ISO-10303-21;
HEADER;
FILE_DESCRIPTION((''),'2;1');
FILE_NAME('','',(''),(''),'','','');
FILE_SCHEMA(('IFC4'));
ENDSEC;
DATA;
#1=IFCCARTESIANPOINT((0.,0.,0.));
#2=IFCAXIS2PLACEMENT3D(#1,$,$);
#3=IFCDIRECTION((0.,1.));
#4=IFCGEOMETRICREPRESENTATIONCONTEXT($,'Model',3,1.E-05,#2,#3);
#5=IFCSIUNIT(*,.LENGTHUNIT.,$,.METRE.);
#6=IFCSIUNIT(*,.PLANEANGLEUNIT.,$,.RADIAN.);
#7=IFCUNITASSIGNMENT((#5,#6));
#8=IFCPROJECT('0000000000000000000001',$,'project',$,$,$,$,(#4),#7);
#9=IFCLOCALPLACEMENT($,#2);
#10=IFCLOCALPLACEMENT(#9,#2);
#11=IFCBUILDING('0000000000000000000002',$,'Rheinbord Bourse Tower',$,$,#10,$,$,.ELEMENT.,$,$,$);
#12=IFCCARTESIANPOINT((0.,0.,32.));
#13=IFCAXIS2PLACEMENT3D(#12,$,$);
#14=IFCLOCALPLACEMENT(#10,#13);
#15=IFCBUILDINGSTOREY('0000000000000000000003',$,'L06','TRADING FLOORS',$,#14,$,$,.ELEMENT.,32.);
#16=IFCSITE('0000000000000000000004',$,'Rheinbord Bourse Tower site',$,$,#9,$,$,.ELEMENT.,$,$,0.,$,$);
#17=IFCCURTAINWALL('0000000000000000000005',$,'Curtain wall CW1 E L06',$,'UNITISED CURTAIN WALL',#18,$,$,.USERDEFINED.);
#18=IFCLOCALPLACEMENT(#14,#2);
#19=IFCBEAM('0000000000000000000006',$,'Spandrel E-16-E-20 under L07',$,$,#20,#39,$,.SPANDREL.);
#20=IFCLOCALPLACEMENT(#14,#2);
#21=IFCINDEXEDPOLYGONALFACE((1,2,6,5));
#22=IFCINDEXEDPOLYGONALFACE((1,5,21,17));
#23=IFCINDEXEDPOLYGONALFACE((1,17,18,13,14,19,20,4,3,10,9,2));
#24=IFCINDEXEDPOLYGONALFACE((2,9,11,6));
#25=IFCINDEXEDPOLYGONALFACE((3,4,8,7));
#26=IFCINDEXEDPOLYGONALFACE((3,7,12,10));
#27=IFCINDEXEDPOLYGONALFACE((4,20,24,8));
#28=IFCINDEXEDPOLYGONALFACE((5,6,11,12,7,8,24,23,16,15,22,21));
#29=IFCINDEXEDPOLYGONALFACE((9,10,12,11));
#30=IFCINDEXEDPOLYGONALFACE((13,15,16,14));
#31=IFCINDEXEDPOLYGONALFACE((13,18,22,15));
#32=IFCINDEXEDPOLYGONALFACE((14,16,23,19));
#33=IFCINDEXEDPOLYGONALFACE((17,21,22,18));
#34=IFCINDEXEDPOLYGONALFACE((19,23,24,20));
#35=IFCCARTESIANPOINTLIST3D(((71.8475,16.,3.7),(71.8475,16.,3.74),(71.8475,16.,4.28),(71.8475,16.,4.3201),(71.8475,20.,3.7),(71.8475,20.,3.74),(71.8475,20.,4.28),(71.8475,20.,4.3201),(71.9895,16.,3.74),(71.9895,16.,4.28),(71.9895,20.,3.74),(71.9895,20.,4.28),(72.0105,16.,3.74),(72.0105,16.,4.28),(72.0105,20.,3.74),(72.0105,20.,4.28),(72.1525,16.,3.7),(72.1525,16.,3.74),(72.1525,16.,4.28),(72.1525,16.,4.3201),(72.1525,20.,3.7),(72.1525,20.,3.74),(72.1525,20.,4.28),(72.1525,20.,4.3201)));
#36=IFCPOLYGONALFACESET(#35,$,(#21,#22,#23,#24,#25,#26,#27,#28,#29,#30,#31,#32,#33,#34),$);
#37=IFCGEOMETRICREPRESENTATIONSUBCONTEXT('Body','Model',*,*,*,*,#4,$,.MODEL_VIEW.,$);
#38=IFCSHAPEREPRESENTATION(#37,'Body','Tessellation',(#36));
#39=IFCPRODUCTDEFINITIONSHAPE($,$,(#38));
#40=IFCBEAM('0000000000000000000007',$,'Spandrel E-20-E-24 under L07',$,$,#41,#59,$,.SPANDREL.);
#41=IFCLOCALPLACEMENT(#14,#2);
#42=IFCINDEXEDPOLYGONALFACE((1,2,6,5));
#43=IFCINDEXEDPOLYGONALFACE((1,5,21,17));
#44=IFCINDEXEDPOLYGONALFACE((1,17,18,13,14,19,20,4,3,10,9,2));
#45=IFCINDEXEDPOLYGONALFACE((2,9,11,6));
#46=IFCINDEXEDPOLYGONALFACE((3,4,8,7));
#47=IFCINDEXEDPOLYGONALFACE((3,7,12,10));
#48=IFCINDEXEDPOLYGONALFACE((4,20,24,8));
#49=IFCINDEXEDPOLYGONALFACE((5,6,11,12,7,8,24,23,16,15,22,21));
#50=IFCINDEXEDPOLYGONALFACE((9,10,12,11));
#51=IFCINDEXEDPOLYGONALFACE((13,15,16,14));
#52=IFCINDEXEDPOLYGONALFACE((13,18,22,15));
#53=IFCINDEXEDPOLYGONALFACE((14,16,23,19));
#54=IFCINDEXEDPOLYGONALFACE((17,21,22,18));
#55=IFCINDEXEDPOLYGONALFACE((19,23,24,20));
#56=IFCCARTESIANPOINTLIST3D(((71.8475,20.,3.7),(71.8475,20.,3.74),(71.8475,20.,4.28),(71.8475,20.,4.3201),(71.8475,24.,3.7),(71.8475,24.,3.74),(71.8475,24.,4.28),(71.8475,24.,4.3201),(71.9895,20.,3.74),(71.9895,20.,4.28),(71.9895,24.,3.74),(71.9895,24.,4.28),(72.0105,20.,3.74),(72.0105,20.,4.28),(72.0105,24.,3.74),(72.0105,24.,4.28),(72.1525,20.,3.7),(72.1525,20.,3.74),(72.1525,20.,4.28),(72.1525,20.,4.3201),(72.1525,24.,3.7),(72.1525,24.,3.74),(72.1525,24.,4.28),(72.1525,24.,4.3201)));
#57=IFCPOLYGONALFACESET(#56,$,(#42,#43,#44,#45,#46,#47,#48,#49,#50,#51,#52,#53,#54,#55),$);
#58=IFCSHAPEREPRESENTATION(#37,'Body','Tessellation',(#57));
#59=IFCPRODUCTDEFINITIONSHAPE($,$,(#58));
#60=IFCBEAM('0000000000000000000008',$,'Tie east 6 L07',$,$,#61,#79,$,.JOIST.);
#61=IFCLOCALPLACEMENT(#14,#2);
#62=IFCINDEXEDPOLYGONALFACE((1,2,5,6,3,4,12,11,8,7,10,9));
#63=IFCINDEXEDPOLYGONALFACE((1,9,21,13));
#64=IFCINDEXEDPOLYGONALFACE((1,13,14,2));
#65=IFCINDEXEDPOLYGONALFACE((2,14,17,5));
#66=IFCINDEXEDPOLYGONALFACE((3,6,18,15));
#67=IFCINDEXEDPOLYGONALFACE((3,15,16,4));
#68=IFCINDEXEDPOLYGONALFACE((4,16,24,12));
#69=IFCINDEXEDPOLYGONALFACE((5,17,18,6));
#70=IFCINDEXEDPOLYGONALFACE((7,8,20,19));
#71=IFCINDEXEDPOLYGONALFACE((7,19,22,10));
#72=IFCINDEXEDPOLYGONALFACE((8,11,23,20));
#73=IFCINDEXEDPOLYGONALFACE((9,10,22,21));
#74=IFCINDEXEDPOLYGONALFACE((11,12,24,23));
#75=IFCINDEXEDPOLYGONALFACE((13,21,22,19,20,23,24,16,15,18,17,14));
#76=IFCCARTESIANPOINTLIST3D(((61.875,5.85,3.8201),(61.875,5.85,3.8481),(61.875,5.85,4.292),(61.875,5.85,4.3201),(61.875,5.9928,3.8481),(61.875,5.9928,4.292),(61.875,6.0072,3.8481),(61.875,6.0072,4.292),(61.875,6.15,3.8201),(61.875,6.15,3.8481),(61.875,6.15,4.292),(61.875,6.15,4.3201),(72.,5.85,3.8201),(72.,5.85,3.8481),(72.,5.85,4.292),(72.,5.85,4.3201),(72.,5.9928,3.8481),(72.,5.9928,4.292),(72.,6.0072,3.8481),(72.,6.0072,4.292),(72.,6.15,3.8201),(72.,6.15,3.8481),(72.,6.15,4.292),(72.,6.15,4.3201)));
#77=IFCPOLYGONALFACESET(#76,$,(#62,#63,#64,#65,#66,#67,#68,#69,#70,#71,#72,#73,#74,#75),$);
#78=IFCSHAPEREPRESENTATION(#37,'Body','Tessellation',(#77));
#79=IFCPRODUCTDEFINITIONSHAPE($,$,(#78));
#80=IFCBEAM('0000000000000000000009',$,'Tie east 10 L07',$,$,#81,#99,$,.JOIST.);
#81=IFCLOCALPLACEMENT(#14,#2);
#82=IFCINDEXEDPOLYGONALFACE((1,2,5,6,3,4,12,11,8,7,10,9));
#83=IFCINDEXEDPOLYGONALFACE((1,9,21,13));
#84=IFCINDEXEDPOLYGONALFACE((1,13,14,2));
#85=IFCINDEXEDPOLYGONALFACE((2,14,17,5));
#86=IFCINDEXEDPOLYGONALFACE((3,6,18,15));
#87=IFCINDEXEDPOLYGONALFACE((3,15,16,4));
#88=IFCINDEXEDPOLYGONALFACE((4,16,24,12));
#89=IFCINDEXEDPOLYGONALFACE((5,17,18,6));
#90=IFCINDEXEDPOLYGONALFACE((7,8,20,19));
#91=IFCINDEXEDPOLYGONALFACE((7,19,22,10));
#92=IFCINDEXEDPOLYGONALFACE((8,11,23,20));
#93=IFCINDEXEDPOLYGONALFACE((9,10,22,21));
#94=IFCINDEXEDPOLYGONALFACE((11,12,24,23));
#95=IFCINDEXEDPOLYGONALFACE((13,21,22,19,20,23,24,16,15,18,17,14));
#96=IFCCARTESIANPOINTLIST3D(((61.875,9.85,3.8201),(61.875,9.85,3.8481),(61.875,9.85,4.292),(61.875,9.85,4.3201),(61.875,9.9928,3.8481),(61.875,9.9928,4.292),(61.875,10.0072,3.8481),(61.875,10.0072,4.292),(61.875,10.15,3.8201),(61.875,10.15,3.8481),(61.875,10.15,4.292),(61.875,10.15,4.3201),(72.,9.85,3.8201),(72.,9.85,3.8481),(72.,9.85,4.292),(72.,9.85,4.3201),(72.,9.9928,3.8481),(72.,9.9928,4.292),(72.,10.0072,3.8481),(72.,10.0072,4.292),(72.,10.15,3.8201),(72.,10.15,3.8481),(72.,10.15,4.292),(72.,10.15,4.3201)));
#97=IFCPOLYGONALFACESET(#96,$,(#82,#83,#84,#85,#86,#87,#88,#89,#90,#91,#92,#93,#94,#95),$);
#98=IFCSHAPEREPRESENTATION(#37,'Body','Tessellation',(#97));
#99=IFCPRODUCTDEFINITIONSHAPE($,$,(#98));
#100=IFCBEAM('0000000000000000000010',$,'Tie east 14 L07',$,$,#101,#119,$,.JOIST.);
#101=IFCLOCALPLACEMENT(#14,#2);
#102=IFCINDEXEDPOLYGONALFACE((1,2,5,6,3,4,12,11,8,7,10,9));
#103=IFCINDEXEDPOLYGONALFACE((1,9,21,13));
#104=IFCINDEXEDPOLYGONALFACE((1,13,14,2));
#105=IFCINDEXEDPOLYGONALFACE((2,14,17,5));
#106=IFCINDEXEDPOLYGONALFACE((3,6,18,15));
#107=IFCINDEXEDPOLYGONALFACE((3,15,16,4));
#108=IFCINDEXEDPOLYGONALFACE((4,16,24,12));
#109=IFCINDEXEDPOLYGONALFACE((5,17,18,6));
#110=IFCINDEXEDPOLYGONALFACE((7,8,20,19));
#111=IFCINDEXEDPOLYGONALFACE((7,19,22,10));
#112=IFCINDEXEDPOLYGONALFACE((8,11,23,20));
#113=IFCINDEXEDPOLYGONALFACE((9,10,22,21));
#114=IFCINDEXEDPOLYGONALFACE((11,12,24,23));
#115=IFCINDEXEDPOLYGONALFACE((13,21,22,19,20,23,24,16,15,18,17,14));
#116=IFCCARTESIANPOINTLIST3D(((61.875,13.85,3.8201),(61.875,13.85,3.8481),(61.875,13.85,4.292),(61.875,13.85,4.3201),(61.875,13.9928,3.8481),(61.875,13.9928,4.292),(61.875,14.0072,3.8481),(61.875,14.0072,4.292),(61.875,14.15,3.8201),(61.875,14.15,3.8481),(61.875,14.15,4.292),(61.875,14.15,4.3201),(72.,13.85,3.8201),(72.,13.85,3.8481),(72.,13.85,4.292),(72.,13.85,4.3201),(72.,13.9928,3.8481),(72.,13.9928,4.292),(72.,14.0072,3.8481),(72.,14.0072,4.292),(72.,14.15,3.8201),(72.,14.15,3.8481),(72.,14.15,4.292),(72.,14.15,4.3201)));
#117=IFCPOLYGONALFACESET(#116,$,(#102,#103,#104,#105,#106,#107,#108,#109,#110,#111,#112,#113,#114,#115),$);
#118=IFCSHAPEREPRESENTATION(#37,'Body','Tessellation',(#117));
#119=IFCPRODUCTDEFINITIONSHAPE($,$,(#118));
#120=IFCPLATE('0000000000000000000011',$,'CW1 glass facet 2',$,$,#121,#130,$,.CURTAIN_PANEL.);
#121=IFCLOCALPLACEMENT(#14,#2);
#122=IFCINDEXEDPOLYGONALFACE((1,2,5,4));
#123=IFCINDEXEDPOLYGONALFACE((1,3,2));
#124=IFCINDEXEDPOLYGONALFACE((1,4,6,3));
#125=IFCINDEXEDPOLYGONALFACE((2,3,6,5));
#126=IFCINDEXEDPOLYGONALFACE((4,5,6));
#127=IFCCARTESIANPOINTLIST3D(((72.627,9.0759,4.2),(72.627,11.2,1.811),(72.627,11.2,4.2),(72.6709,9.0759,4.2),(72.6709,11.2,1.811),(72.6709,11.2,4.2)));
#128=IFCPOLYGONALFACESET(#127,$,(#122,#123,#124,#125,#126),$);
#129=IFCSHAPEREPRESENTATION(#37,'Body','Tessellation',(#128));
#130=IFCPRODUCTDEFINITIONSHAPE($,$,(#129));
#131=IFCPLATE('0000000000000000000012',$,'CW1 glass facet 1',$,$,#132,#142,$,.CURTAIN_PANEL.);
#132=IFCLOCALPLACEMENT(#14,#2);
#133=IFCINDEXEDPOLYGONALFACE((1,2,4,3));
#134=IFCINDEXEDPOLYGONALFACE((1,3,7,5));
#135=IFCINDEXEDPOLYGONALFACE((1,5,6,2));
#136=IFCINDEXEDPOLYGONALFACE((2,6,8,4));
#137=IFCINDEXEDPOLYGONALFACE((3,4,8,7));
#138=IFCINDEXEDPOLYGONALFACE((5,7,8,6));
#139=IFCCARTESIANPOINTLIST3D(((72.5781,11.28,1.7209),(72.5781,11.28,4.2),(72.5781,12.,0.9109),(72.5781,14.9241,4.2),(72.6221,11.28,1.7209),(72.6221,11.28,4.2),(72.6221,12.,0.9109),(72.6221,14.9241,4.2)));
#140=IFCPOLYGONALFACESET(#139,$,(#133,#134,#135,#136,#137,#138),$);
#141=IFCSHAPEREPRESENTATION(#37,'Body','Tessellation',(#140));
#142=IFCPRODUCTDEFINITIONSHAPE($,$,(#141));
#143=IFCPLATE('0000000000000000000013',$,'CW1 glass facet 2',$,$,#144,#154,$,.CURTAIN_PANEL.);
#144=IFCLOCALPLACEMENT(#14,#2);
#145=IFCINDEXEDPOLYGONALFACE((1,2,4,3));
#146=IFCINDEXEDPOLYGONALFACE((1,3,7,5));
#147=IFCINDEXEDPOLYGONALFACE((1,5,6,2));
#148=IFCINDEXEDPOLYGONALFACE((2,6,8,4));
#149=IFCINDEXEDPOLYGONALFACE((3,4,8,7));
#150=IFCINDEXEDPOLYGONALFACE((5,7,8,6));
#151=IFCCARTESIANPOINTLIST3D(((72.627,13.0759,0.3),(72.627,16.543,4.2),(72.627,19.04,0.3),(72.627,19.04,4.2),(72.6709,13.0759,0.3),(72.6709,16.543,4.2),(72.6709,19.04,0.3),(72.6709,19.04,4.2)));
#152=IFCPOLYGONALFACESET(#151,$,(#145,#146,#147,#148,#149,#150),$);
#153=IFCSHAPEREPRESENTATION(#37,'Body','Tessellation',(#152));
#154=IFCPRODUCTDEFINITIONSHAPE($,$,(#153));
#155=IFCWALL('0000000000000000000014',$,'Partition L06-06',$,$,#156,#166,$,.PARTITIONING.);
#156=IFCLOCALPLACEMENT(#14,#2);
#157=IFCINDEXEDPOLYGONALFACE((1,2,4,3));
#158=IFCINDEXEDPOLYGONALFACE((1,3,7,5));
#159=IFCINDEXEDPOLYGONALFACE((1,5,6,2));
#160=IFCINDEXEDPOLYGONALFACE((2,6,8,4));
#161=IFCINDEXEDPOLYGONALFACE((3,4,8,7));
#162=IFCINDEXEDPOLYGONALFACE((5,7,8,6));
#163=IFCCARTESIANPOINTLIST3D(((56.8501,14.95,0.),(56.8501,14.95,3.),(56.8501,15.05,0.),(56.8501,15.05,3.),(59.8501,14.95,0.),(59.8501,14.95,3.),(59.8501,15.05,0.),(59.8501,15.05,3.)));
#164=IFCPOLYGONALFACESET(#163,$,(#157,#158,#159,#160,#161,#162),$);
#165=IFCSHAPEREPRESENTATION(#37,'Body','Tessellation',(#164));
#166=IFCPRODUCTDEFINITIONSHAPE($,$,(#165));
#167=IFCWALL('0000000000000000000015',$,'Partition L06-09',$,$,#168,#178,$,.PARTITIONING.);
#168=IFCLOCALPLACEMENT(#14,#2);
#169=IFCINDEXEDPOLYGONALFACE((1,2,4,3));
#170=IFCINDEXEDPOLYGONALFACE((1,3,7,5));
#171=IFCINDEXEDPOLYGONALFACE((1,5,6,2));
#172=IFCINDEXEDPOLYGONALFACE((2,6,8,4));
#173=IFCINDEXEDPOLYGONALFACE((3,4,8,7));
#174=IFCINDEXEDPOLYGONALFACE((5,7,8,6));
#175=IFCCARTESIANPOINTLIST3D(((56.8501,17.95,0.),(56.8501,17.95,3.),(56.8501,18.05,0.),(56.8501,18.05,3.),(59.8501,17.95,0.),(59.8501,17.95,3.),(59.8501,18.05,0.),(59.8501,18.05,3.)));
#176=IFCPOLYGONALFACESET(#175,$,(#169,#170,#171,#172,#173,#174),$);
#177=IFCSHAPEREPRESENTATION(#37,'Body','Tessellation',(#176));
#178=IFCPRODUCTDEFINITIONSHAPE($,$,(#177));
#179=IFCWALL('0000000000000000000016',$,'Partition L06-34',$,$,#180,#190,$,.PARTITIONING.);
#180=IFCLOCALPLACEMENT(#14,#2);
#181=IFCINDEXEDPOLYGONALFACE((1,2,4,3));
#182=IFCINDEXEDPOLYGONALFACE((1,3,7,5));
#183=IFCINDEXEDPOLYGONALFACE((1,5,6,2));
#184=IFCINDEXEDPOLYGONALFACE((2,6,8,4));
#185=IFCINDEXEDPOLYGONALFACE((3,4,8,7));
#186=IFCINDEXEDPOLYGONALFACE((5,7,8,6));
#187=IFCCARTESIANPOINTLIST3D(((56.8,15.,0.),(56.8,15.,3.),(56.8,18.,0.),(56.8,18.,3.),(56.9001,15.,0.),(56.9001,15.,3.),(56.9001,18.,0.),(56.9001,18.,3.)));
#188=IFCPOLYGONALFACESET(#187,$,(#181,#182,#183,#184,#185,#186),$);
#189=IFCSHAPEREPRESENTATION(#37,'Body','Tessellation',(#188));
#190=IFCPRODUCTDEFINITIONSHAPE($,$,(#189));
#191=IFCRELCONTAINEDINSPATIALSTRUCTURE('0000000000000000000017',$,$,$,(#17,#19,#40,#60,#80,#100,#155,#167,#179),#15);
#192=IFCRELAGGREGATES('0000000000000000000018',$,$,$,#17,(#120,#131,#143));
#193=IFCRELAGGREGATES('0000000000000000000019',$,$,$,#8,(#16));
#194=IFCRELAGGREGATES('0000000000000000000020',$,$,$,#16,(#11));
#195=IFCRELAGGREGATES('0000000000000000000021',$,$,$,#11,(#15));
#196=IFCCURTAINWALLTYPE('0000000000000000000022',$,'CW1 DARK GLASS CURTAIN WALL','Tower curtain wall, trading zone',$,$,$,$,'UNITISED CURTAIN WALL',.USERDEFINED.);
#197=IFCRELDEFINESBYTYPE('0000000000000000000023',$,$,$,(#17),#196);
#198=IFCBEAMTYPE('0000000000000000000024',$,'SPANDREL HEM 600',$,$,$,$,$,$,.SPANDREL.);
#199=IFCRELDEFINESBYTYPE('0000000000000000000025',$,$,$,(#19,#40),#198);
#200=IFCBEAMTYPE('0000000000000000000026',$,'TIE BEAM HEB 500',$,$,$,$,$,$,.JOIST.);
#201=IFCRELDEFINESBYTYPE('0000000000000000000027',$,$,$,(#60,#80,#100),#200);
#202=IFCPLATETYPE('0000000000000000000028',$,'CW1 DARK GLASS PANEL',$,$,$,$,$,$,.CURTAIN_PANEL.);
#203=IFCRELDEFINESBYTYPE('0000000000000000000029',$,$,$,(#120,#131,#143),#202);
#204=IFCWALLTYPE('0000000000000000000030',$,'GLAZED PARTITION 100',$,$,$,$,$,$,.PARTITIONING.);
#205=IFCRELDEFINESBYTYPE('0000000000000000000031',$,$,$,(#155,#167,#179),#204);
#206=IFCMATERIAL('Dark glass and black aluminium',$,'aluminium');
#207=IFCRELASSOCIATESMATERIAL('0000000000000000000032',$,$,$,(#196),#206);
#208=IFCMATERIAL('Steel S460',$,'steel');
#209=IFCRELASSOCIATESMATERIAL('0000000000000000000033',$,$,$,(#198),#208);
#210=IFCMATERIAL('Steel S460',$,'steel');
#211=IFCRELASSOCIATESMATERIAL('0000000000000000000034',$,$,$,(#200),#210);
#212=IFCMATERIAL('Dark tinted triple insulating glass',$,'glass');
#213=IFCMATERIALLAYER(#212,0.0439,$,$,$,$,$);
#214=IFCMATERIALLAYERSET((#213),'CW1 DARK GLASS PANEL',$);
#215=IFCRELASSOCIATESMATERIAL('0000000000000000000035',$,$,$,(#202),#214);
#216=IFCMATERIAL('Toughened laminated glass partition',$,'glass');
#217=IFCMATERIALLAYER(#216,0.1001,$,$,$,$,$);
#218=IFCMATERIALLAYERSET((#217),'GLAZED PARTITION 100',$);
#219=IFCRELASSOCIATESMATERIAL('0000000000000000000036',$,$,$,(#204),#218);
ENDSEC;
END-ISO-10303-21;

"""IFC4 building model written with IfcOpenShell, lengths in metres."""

from ifc_helpers import new_model, si_unit, direction, frame, frame_2d, origin, origin_2d, place, context, subcontext, project, spatial, polyline, rectangle, i_section, outline, extrude, material, layer, layer_set, material_profile, profile_set, type_object, element, aggregate, save


model = new_model("IFC4")

# Units and contexts
model_context = context("Model", 3, precision=1e-05, world=origin(), true_north=direction((0.0, 1.0)))
body_context = subcontext(model_context, "Body", "Model", "MODEL_VIEW")
ifc_project = project(units=[si_unit("LENGTHUNIT", "METRE"), si_unit("PLANEANGLEUNIT", "RADIAN")], contexts=[model_context])

# Site, building, storey
site_placement = place(None, origin())
site = spatial("IfcSite", under=ifc_project, at=site_placement, Name="Rheinbord Bourse Tower site", CompositionType="ELEMENT", RefElevation=0.0)
building_placement = place(site_placement, origin())
building = spatial("IfcBuilding", under=site, at=building_placement, Name="Rheinbord Bourse Tower", CompositionType="ELEMENT")
storey_placement = place(building_placement, frame((0.0, 0.0, 32.0)))
storey = spatial("IfcBuildingStorey", under=building, at=storey_placement, Name="L06", Description="TRADING FLOORS", CompositionType="ELEMENT", Elevation=32.0)

# Curtain wall
ifc_material_1 = material(Name="Dark glass and black aluminium", Category="aluminium")
curtain_wall_type = type_object("IfcCurtainWallType", Name="CW1 DARK GLASS CURTAIN WALL", Description="Tower curtain wall, trading zone", ElementType="UNITISED CURTAIN WALL", PredefinedType="USERDEFINED", material=ifc_material_1)
curtain_wall_placement = place(storey_placement, origin())
curtain_wall = element("IfcCurtainWall", 1, at=curtain_wall_placement, inside=storey, type_object=curtain_wall_type, Name="Curtain wall CW1 E L06", ObjectType="UNITISED CURTAIN WALL", PredefinedType="USERDEFINED")

# Beams
ifc_material_2 = material(Name="Steel S460", Category="steel")
ifc_material_profile_1 = material_profile(ifc_material_2, i_section(OverallWidth=0.3049, OverallDepth=0.6201, WebThickness=0.021, FlangeThickness=0.04, at=origin_2d()), Name="HEM 600")
ifc_profile_set_1 = profile_set([ifc_material_profile_1], Name="Steel S460")
beam_type_1 = type_object("IfcBeamType", Name="SPANDREL HEM 600", PredefinedType="SPANDREL", material=ifc_profile_set_1)
for number, where, z_axis, x_axis, name in (
    (2, (72.0, 16.0, 4.01), (0.0, 1.0, 0.0), (-1.0, 0.0, 0.0), "Spandrel E-16-E-20 under L07"),
    (3, (72.0, 20.0, 4.01), (0.0, 1.0, 0.0), (-1.0, 0.0, 0.0), "Spandrel E-20-E-24 under L07"),
):
    element("IfcBeam", number, at=place(storey_placement, frame(where, z_axis=z_axis, x_axis=x_axis)), inside=storey, type_object=beam_type_1, Name=name, PredefinedType="SPANDREL", context=body_context, shape_type="SweptSolid", body=[
        extrude(i_section(OverallWidth=0.3049, OverallDepth=0.6201, WebThickness=0.021, FlangeThickness=0.04, at=origin_2d()), origin(), (0.0, 0.0, 1.0), 4.0),
    ])
ifc_material_3 = material(Name="Steel S460", Category="steel")
ifc_material_profile_2 = material_profile(ifc_material_3, i_section(OverallWidth=0.3, OverallDepth=0.5, WebThickness=0.0144, FlangeThickness=0.0281, at=origin_2d()), Name="HEB 500")
ifc_profile_set_2 = profile_set([ifc_material_profile_2], Name="Steel S460")
beam_type_2 = type_object("IfcBeamType", Name="TIE BEAM HEB 500", PredefinedType="JOIST", material=ifc_profile_set_2)
for number, where, z_axis, x_axis, name in (
    (4, (61.875, 6.0, 4.0701), (1.0, 0.0, 0.0), (0.0, 1.0, 0.0), "Tie east 6 L07"),
    (5, (61.875, 10.0, 4.0701), (1.0, 0.0, 0.0), (0.0, 1.0, 0.0), "Tie east 10 L07"),
    (6, (61.875, 14.0, 4.0701), (1.0, 0.0, 0.0), (0.0, 1.0, 0.0), "Tie east 14 L07"),
):
    element("IfcBeam", number, at=place(storey_placement, frame(where, z_axis=z_axis, x_axis=x_axis)), inside=storey, type_object=beam_type_2, Name=name, PredefinedType="JOIST", context=body_context, shape_type="SweptSolid", body=[
        extrude(i_section(OverallWidth=0.3, OverallDepth=0.5, WebThickness=0.0144, FlangeThickness=0.0281, at=origin_2d()), origin(), (0.0, 0.0, 1.0), 10.125),
    ])

# Plates
ifc_material_4 = material(Name="Dark tinted triple insulating glass", Category="glass")
ifc_layer_1 = layer(ifc_material_4, 0.0439)
ifc_layer_set_1 = layer_set([ifc_layer_1], Name="CW1 DARK GLASS PANEL")
plate_type = type_object("IfcPlateType", Name="CW1 DARK GLASS PANEL", PredefinedType="CURTAIN_PANEL", material=ifc_layer_set_1)
plate_1_placement = place(storey_placement, frame((72.6709, 11.2, 4.2), z_axis=(-1.0, 0.0, 0.0), x_axis=(0.0, 0.0, -1.0)))
plate_1 = element("IfcPlate", 7, at=plate_1_placement, type_object=plate_type, Name="CW1 glass facet 2", PredefinedType="CURTAIN_PANEL", context=body_context, shape_type="SweptSolid", body=[
    extrude(outline(polyline([(0.0, 0.0), (2.3889, 0.0), (0.0, 2.124), (0.0, 0.0)])), origin(), (0.0, 0.0, 1.0), 0.0439),
])
plate_2_placement = place(storey_placement, frame((72.6221, 11.28, 4.2), z_axis=(-1.0, 0.0, 0.0), x_axis=(0.0, 1.0, 0.0)))
plate_2 = element("IfcPlate", 8, at=plate_2_placement, type_object=plate_type, Name="CW1 glass facet 1", PredefinedType="CURTAIN_PANEL", context=body_context, shape_type="SweptSolid", body=[
    extrude(outline(polyline([(0.0, 0.0), (3.644, 0.0), (0.72, 3.2891), (0.0, 2.479), (0.0, 0.0)])), origin(), (0.0, 0.0, 1.0), 0.0439),
])
plate_3_placement = place(storey_placement, frame((72.6709, 19.04, 4.2), z_axis=(-1.0, 0.0, 0.0), x_axis=(0.0, 0.0, -1.0)))
plate_3 = element("IfcPlate", 9, at=plate_3_placement, type_object=plate_type, Name="CW1 glass facet 2", PredefinedType="CURTAIN_PANEL", context=body_context, shape_type="SweptSolid", body=[
    extrude(outline(polyline([(0.0, 0.0), (3.8999, 0.0), (3.8999, 5.9641), (0.0, 2.4971), (0.0, 0.0)])), origin(), (0.0, 0.0, 1.0), 0.0439),
])
aggregate(curtain_wall, [plate_1, plate_2, plate_3])

# Walls
ifc_material_5 = material(Name="Toughened laminated glass partition", Category="glass")
ifc_layer_2 = layer(ifc_material_5, 0.1001)
ifc_layer_set_2 = layer_set([ifc_layer_2], Name="GLAZED PARTITION 100")
wall_type_1 = type_object("IfcWallType", Name="GLAZED PARTITION 100", PredefinedType="PARTITIONING", material=ifc_layer_set_2)
for number, where, z_axis, x_axis, name in (
    (10, (56.8501, 15.0, 0.0), (0.0, 0.0, 1.0), (1.0, 0.0, 0.0), "Partition L06-06"),
    (11, (56.8501, 18.0, 0.0), (0.0, 0.0, 1.0), (1.0, 0.0, 0.0), "Partition L06-09"),
    (12, (56.8501, 15.0, 0.0), (0.0, 0.0, 1.0), (0.0, 1.0, 0.0), "Partition L06-34"),
):
    element("IfcWall", number, at=place(storey_placement, frame(where, z_axis=z_axis, x_axis=x_axis)), inside=storey, type_object=wall_type_1, Name=name, PredefinedType="PARTITIONING", context=body_context, shape_type="SweptSolid", body=[
        extrude(rectangle(XDim=3.0, YDim=0.1001, at=frame_2d((1.5, 0.0))), origin(), (0.0, 0.0, 1.0), 3.0),
    ])

save(model, "model.ifc")
